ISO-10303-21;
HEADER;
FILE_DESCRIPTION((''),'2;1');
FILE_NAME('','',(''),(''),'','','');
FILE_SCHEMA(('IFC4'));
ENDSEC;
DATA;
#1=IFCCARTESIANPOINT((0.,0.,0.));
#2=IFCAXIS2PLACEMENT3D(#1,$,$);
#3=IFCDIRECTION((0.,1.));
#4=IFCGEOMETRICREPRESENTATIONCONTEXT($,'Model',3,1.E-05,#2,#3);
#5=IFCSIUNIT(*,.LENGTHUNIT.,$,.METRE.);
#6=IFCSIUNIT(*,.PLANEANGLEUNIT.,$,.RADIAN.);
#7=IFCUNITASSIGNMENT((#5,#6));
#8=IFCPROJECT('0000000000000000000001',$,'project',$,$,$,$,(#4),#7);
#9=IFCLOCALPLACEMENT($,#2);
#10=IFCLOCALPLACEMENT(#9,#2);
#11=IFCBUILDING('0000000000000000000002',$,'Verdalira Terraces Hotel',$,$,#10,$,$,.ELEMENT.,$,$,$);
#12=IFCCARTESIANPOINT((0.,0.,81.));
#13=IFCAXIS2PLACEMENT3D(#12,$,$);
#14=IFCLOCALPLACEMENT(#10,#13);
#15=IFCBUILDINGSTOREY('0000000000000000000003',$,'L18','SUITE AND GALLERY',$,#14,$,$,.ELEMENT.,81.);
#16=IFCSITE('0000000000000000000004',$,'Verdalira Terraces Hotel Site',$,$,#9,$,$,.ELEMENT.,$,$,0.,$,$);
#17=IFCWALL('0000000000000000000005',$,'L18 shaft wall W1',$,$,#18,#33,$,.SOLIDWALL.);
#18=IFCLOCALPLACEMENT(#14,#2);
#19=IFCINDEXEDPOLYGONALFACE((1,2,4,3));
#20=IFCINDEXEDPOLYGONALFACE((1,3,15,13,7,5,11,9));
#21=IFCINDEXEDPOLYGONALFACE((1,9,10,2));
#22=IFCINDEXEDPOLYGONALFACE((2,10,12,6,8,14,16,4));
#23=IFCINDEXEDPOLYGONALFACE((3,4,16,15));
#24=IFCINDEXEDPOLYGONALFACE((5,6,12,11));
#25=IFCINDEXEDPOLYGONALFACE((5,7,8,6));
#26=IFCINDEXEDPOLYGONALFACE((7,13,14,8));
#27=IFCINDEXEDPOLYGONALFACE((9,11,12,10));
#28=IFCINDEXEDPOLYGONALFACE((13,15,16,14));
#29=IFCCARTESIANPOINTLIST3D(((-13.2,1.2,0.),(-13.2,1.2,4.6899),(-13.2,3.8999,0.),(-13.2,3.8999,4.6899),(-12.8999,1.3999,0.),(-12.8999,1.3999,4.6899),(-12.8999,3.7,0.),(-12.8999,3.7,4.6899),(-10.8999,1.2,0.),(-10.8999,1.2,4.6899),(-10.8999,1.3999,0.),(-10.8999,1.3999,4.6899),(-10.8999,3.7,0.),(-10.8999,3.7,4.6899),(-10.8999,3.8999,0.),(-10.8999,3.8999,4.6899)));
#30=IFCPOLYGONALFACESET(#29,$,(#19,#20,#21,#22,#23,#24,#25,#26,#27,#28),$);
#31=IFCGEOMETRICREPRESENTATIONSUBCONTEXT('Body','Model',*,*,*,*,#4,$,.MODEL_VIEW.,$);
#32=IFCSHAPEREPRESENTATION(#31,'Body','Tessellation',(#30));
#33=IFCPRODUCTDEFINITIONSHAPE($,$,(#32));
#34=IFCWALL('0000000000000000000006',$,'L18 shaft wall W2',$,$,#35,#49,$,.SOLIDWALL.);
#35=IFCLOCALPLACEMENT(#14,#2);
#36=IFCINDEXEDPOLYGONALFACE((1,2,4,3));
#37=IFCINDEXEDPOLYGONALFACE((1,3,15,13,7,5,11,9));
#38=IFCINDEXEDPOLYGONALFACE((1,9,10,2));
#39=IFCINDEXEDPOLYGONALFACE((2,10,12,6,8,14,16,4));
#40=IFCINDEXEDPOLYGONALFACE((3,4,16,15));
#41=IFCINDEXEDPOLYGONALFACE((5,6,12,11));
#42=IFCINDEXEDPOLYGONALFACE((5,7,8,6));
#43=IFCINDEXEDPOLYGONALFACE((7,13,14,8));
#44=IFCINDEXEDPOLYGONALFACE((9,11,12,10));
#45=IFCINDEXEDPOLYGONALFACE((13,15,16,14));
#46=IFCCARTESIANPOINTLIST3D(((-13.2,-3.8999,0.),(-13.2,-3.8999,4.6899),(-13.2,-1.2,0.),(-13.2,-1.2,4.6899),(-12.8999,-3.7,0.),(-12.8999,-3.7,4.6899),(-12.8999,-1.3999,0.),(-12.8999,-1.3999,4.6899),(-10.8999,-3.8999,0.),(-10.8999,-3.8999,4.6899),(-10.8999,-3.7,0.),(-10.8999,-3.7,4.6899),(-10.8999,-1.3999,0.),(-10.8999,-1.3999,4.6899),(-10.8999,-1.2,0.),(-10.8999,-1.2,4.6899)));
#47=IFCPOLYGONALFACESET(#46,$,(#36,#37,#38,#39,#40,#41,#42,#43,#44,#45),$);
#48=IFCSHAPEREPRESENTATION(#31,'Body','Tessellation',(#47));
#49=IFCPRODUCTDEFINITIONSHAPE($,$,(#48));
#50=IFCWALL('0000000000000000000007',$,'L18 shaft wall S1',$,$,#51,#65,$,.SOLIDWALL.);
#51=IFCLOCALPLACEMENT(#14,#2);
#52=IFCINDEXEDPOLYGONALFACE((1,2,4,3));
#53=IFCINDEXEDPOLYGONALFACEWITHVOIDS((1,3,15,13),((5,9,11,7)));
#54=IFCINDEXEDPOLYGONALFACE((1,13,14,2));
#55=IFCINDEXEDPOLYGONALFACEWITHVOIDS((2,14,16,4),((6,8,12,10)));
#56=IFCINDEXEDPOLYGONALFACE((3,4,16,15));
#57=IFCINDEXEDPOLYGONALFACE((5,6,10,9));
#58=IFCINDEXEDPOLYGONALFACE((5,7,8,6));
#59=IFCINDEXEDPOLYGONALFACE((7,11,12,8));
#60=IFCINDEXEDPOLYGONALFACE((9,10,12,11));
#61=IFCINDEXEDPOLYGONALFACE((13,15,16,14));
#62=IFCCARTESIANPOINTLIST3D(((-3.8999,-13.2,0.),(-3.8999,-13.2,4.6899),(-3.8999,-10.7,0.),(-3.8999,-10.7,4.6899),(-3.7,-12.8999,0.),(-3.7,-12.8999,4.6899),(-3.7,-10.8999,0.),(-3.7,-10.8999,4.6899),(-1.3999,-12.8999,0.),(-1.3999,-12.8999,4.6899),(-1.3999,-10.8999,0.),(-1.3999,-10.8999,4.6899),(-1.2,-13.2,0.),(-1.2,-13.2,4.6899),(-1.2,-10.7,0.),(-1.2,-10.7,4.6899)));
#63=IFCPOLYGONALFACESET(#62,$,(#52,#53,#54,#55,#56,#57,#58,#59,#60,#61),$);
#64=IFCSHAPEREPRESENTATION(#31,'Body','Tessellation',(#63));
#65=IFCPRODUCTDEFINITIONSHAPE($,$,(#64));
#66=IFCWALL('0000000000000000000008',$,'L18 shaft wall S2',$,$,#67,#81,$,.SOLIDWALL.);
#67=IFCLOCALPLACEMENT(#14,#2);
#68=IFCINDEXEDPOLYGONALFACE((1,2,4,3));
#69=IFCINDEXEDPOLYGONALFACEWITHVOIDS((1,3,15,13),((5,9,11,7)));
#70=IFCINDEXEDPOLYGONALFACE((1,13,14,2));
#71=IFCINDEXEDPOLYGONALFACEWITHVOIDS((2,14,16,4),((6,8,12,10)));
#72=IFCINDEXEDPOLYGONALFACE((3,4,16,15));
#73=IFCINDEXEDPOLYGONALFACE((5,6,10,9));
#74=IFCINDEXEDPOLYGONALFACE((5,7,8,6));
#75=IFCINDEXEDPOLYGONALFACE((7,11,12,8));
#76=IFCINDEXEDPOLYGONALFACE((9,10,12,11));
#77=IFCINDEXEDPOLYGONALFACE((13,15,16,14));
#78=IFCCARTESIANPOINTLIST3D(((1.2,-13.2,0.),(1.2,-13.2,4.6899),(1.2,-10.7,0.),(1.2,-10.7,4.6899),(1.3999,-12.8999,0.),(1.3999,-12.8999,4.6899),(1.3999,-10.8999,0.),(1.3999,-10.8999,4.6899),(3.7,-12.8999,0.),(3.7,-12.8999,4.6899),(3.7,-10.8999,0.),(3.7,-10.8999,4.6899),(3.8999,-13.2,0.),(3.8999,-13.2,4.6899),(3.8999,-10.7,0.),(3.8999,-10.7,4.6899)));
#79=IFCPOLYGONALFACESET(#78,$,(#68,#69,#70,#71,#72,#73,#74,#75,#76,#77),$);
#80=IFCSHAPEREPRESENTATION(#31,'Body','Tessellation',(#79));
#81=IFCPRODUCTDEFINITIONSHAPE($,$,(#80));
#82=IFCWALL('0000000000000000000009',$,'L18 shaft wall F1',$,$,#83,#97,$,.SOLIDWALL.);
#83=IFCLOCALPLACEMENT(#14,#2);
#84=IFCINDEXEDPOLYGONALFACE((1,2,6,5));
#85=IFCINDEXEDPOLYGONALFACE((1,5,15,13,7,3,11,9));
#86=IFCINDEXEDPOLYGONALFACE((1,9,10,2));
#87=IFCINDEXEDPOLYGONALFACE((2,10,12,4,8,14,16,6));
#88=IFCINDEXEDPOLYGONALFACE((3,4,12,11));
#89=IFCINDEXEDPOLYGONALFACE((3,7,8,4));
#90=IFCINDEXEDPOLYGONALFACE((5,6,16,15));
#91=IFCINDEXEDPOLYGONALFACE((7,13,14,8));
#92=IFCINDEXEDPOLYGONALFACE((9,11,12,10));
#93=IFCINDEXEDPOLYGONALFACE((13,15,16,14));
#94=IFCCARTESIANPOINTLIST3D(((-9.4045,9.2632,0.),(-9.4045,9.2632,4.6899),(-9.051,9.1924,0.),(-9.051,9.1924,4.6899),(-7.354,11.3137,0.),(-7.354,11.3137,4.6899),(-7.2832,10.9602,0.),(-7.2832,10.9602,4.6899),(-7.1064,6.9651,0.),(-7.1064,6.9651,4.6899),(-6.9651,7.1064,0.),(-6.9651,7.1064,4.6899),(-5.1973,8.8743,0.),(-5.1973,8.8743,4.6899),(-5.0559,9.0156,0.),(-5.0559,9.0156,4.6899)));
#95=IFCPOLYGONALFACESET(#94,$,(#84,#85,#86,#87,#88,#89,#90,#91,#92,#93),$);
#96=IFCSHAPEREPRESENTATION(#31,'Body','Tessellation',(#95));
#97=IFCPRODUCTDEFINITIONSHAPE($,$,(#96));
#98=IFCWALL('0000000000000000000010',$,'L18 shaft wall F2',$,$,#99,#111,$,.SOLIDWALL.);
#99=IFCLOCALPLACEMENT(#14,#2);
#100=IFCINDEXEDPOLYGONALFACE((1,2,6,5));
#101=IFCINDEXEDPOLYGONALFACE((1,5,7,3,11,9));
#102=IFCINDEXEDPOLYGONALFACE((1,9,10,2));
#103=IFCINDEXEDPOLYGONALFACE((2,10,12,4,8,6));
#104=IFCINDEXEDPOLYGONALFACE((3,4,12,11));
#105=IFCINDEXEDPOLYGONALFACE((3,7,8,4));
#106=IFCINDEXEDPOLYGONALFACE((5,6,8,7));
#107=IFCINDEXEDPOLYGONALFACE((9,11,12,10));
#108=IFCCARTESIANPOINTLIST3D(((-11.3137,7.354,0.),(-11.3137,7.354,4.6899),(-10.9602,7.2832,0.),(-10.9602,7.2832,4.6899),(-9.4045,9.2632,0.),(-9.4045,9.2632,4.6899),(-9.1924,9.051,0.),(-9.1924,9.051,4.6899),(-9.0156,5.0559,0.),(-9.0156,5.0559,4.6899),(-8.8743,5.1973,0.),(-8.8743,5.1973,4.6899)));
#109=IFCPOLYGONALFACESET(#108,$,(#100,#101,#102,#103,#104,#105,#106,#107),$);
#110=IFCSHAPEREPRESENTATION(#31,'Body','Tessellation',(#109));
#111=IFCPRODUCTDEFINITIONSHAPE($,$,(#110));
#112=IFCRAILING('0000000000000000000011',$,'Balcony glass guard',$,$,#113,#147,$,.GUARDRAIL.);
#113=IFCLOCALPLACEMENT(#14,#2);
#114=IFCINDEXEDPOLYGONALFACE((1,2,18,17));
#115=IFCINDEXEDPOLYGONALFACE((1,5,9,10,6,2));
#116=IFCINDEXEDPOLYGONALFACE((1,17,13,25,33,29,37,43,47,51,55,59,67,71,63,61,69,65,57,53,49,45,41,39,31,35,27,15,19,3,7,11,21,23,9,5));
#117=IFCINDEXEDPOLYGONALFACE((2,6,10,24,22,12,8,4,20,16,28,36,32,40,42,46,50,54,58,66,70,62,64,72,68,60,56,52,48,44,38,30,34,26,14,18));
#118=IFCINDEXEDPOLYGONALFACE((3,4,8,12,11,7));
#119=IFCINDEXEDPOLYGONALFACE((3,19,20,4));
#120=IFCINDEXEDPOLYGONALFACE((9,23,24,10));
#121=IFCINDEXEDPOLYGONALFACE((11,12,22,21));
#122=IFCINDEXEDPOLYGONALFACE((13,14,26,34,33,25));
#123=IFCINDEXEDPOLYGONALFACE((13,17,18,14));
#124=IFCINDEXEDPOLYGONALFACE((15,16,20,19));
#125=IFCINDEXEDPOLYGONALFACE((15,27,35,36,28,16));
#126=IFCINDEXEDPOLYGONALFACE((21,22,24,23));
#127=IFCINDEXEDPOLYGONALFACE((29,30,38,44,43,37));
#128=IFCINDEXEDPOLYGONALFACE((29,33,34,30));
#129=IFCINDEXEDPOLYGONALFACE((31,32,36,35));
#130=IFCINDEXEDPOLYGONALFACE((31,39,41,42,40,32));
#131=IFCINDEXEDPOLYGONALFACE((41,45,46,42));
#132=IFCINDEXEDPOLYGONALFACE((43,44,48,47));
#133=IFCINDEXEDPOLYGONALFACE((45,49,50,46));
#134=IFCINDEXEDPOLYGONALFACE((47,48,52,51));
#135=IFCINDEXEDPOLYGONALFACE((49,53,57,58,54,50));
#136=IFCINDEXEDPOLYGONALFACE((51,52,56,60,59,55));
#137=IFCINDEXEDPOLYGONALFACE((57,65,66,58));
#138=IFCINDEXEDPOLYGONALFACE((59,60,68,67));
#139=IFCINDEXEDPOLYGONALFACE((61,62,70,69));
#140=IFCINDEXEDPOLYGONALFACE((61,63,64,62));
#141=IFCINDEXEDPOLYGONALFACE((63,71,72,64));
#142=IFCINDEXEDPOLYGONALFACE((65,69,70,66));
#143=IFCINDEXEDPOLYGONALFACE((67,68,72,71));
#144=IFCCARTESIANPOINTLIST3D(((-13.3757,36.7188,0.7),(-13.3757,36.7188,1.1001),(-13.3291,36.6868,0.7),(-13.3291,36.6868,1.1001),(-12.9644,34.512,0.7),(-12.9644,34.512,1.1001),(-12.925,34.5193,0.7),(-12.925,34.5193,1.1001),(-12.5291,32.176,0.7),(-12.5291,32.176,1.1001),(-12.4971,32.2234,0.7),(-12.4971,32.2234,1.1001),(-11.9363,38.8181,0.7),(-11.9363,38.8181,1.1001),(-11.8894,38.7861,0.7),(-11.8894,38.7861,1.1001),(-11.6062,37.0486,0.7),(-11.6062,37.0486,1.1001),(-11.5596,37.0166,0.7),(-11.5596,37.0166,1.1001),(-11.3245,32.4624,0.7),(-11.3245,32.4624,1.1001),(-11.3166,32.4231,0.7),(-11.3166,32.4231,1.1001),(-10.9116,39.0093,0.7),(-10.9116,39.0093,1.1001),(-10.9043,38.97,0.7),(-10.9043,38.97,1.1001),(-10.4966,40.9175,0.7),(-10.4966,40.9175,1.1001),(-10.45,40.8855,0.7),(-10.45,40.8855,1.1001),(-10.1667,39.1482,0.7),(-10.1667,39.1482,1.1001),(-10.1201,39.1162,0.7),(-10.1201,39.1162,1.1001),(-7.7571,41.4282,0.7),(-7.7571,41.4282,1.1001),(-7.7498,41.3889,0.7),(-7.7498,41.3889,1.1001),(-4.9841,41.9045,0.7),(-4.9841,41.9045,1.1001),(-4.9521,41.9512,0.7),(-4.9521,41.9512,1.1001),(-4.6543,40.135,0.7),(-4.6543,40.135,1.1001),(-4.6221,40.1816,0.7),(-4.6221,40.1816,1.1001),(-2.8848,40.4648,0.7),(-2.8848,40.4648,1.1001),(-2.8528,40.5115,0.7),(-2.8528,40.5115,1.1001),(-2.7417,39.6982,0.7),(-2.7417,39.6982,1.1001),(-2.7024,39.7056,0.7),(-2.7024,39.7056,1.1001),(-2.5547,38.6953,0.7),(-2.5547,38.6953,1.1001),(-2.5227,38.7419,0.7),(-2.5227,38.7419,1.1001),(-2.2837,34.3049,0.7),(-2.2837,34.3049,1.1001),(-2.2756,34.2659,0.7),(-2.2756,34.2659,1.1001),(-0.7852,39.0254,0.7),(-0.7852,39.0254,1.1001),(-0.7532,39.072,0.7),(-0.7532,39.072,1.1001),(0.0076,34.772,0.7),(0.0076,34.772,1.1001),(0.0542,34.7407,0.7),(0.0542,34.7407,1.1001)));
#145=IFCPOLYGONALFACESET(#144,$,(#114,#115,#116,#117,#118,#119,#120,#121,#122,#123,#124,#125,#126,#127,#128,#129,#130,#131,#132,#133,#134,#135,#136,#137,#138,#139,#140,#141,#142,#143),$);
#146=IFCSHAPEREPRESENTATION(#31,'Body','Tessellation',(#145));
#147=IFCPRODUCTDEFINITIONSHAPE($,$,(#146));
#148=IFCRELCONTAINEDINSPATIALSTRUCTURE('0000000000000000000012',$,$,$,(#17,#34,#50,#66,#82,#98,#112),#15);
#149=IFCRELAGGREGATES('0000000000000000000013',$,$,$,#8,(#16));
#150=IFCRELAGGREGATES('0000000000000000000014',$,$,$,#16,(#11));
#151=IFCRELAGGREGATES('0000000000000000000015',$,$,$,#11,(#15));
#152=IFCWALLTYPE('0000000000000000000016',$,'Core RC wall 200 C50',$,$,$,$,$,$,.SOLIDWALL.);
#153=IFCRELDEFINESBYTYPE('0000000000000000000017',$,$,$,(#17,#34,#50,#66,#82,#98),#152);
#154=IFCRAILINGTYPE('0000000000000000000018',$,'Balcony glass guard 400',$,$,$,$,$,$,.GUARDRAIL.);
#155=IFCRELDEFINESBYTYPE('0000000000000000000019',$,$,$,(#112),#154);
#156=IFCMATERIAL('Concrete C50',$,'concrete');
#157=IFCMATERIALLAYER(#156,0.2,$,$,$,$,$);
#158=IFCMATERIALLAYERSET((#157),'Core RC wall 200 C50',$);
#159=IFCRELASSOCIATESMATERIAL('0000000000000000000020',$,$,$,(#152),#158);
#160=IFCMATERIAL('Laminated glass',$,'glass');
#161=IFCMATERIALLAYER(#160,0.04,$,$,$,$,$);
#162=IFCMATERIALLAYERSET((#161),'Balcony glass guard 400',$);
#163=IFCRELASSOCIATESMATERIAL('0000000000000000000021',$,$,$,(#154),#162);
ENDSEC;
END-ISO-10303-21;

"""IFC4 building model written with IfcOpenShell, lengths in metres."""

from ifc_helpers import new_model, si_unit, direction, frame, origin, place, context, subcontext, project, spatial, polyline, outline, extrude, material, layer, layer_set, type_object, element, save


model = new_model("IFC4")

# Units and contexts
model_context = context("Model", 3, precision=1e-05, world=origin(), true_north=direction((0.0, 1.0)))
body_context = subcontext(model_context, "Body", "Model", "MODEL_VIEW")
ifc_project = project(units=[si_unit("LENGTHUNIT", "METRE"), si_unit("PLANEANGLEUNIT", "RADIAN")], contexts=[model_context])

# Site, building, storey
site_placement = place(None, origin())
site = spatial("IfcSite", under=ifc_project, at=site_placement, Name="Verdalira Terraces Hotel Site", CompositionType="ELEMENT", RefElevation=0.0)
building_placement = place(site_placement, origin())
building = spatial("IfcBuilding", under=site, at=building_placement, Name="Verdalira Terraces Hotel", CompositionType="ELEMENT")
storey_placement = place(building_placement, frame((0.0, 0.0, 81.0)))
storey = spatial("IfcBuildingStorey", under=building, at=storey_placement, Name="L18", Description="SUITE AND GALLERY", CompositionType="ELEMENT", Elevation=81.0)

# Shared definitions
ifc_material_1 = material(Name="Concrete C50", Category="concrete")
ifc_layer_1 = layer(ifc_material_1, 0.2)
ifc_layer_set_1 = layer_set([ifc_layer_1], Name="Core RC wall 200 C50")
wall_type_1 = type_object("IfcWallType", Name="Core RC wall 200 C50", PredefinedType="SOLIDWALL", material=ifc_layer_set_1)

# Walls
wall_1_placement = place(storey_placement, origin())
element("IfcWall", 1, at=wall_1_placement, inside=storey, type_object=wall_type_1, Name="L18 shaft wall W1", PredefinedType="SOLIDWALL", context=body_context, shape_type="SweptSolid", body=[
    extrude(outline(polyline([(-13.2, 3.8999), (-10.8999, 3.8999), (-10.8999, 3.7), (-12.8999, 3.7), (-12.8999, 1.3999), (-10.8999, 1.3999), (-10.8999, 1.2), (-13.2, 1.2), (-13.2, 3.8999)])), origin(), (0.0, 0.0, 1.0), 4.6899),
])
wall_2_placement = place(storey_placement, origin())
element("IfcWall", 2, at=wall_2_placement, inside=storey, type_object=wall_type_1, Name="L18 shaft wall W2", PredefinedType="SOLIDWALL", context=body_context, shape_type="SweptSolid", body=[
    extrude(outline(polyline([(-13.2, -3.8999), (-13.2, -1.2), (-10.8999, -1.2), (-10.8999, -1.3999), (-12.8999, -1.3999), (-12.8999, -3.7), (-10.8999, -3.7), (-10.8999, -3.8999), (-13.2, -3.8999)])), origin(), (0.0, 0.0, 1.0), 4.6899),
])
wall_3_placement = place(storey_placement, origin())
element("IfcWall", 3, at=wall_3_placement, inside=storey, type_object=wall_type_1, Name="L18 shaft wall S1", PredefinedType="SOLIDWALL", context=body_context, shape_type="SweptSolid", body=[
    extrude(outline(polyline([(-1.2, -13.2), (-3.8999, -13.2), (-3.8999, -10.7), (-1.2, -10.7), (-1.2, -13.2)]), holes=[polyline([(-3.7, -10.8999), (-3.7, -12.8999), (-1.3999, -12.8999), (-1.3999, -10.8999), (-3.7, -10.8999)])]), origin(), (0.0, 0.0, 1.0), 4.6899),
])
wall_4_placement = place(storey_placement, origin())
element("IfcWall", 4, at=wall_4_placement, inside=storey, type_object=wall_type_1, Name="L18 shaft wall S2", PredefinedType="SOLIDWALL", context=body_context, shape_type="SweptSolid", body=[
    extrude(outline(polyline([(3.8999, -10.7), (3.8999, -13.2), (1.2, -13.2), (1.2, -10.7), (3.8999, -10.7)]), holes=[polyline([(1.3999, -12.8999), (3.7, -12.8999), (3.7, -10.8999), (1.3999, -10.8999), (1.3999, -12.8999)])]), origin(), (0.0, 0.0, 1.0), 4.6899),
])
wall_5_placement = place(storey_placement, origin())
element("IfcWall", 5, at=wall_5_placement, inside=storey, type_object=wall_type_1, Name="L18 shaft wall F1", PredefinedType="SOLIDWALL", context=body_context, shape_type="SweptSolid", body=[
    extrude(outline(polyline([(-9.4045, 9.2632), (-7.354, 11.3137), (-5.0559, 9.0156), (-5.1973, 8.8743), (-7.2832, 10.9602), (-9.051, 9.1924), (-6.9651, 7.1064), (-7.1064, 6.9651), (-9.4045, 9.2632)])), origin(), (0.0, 0.0, 1.0), 4.6899),
])
wall_6_placement = place(storey_placement, origin())
element("IfcWall", 6, at=wall_6_placement, inside=storey, type_object=wall_type_1, Name="L18 shaft wall F2", PredefinedType="SOLIDWALL", context=body_context, shape_type="SweptSolid", body=[
    extrude(outline(polyline([(-11.3137, 7.354), (-9.4045, 9.2632), (-9.1924, 9.051), (-10.9602, 7.2832), (-8.8743, 5.1973), (-9.0156, 5.0559), (-11.3137, 7.354)])), origin(), (0.0, 0.0, 1.0), 4.6899),
])

# Railing
ifc_material_2 = material(Name="Laminated glass", Category="glass")
ifc_layer_2 = layer(ifc_material_2, 0.04)
ifc_layer_set_2 = layer_set([ifc_layer_2], Name="Balcony glass guard 400")
railing_type = type_object("IfcRailingType", Name="Balcony glass guard 400", PredefinedType="GUARDRAIL", material=ifc_layer_set_2)
railing_placement = place(storey_placement, frame((0.0, 0.0, 0.7)))
element("IfcRailing", 7, at=railing_placement, inside=storey, type_object=railing_type, Name="Balcony glass guard", PredefinedType="GUARDRAIL", context=body_context, shape_type="SweptSolid", body=[
    extrude(outline(polyline([(0.0076, 34.772), (-0.7852, 39.0254), (-2.5547, 38.6953), (-2.7417, 39.6982), (-2.8848, 40.4648), (-4.6543, 40.135), (-4.9841, 41.9045), (-7.7498, 41.3889), (-10.45, 40.8855), (-10.1201, 39.1162), (-10.9043, 38.97), (-11.8894, 38.7861), (-11.5596, 37.0166), (-13.3291, 36.6868), (-12.925, 34.5193), (-12.4971, 32.2234), (-11.3245, 32.4624), (-11.3166, 32.4231), (-12.5291, 32.176), (-12.9644, 34.512), (-13.3757, 36.7188), (-11.6062, 37.0486), (-11.9363, 38.8181), (-10.9116, 39.0093), (-10.1667, 39.1482), (-10.4966, 40.9175), (-7.7571, 41.4282), (-4.9521, 41.9512), (-4.6221, 40.1816), (-2.8528, 40.5115), (-2.7024, 39.7056), (-2.5227, 38.7419), (-0.7532, 39.072), (0.0542, 34.7407), (-2.2756, 34.2659), (-2.2837, 34.3049), (0.0076, 34.772)])), origin(), (0.0, 0.0, 1.0), 0.4001),
])

save(model, "model.ifc")
